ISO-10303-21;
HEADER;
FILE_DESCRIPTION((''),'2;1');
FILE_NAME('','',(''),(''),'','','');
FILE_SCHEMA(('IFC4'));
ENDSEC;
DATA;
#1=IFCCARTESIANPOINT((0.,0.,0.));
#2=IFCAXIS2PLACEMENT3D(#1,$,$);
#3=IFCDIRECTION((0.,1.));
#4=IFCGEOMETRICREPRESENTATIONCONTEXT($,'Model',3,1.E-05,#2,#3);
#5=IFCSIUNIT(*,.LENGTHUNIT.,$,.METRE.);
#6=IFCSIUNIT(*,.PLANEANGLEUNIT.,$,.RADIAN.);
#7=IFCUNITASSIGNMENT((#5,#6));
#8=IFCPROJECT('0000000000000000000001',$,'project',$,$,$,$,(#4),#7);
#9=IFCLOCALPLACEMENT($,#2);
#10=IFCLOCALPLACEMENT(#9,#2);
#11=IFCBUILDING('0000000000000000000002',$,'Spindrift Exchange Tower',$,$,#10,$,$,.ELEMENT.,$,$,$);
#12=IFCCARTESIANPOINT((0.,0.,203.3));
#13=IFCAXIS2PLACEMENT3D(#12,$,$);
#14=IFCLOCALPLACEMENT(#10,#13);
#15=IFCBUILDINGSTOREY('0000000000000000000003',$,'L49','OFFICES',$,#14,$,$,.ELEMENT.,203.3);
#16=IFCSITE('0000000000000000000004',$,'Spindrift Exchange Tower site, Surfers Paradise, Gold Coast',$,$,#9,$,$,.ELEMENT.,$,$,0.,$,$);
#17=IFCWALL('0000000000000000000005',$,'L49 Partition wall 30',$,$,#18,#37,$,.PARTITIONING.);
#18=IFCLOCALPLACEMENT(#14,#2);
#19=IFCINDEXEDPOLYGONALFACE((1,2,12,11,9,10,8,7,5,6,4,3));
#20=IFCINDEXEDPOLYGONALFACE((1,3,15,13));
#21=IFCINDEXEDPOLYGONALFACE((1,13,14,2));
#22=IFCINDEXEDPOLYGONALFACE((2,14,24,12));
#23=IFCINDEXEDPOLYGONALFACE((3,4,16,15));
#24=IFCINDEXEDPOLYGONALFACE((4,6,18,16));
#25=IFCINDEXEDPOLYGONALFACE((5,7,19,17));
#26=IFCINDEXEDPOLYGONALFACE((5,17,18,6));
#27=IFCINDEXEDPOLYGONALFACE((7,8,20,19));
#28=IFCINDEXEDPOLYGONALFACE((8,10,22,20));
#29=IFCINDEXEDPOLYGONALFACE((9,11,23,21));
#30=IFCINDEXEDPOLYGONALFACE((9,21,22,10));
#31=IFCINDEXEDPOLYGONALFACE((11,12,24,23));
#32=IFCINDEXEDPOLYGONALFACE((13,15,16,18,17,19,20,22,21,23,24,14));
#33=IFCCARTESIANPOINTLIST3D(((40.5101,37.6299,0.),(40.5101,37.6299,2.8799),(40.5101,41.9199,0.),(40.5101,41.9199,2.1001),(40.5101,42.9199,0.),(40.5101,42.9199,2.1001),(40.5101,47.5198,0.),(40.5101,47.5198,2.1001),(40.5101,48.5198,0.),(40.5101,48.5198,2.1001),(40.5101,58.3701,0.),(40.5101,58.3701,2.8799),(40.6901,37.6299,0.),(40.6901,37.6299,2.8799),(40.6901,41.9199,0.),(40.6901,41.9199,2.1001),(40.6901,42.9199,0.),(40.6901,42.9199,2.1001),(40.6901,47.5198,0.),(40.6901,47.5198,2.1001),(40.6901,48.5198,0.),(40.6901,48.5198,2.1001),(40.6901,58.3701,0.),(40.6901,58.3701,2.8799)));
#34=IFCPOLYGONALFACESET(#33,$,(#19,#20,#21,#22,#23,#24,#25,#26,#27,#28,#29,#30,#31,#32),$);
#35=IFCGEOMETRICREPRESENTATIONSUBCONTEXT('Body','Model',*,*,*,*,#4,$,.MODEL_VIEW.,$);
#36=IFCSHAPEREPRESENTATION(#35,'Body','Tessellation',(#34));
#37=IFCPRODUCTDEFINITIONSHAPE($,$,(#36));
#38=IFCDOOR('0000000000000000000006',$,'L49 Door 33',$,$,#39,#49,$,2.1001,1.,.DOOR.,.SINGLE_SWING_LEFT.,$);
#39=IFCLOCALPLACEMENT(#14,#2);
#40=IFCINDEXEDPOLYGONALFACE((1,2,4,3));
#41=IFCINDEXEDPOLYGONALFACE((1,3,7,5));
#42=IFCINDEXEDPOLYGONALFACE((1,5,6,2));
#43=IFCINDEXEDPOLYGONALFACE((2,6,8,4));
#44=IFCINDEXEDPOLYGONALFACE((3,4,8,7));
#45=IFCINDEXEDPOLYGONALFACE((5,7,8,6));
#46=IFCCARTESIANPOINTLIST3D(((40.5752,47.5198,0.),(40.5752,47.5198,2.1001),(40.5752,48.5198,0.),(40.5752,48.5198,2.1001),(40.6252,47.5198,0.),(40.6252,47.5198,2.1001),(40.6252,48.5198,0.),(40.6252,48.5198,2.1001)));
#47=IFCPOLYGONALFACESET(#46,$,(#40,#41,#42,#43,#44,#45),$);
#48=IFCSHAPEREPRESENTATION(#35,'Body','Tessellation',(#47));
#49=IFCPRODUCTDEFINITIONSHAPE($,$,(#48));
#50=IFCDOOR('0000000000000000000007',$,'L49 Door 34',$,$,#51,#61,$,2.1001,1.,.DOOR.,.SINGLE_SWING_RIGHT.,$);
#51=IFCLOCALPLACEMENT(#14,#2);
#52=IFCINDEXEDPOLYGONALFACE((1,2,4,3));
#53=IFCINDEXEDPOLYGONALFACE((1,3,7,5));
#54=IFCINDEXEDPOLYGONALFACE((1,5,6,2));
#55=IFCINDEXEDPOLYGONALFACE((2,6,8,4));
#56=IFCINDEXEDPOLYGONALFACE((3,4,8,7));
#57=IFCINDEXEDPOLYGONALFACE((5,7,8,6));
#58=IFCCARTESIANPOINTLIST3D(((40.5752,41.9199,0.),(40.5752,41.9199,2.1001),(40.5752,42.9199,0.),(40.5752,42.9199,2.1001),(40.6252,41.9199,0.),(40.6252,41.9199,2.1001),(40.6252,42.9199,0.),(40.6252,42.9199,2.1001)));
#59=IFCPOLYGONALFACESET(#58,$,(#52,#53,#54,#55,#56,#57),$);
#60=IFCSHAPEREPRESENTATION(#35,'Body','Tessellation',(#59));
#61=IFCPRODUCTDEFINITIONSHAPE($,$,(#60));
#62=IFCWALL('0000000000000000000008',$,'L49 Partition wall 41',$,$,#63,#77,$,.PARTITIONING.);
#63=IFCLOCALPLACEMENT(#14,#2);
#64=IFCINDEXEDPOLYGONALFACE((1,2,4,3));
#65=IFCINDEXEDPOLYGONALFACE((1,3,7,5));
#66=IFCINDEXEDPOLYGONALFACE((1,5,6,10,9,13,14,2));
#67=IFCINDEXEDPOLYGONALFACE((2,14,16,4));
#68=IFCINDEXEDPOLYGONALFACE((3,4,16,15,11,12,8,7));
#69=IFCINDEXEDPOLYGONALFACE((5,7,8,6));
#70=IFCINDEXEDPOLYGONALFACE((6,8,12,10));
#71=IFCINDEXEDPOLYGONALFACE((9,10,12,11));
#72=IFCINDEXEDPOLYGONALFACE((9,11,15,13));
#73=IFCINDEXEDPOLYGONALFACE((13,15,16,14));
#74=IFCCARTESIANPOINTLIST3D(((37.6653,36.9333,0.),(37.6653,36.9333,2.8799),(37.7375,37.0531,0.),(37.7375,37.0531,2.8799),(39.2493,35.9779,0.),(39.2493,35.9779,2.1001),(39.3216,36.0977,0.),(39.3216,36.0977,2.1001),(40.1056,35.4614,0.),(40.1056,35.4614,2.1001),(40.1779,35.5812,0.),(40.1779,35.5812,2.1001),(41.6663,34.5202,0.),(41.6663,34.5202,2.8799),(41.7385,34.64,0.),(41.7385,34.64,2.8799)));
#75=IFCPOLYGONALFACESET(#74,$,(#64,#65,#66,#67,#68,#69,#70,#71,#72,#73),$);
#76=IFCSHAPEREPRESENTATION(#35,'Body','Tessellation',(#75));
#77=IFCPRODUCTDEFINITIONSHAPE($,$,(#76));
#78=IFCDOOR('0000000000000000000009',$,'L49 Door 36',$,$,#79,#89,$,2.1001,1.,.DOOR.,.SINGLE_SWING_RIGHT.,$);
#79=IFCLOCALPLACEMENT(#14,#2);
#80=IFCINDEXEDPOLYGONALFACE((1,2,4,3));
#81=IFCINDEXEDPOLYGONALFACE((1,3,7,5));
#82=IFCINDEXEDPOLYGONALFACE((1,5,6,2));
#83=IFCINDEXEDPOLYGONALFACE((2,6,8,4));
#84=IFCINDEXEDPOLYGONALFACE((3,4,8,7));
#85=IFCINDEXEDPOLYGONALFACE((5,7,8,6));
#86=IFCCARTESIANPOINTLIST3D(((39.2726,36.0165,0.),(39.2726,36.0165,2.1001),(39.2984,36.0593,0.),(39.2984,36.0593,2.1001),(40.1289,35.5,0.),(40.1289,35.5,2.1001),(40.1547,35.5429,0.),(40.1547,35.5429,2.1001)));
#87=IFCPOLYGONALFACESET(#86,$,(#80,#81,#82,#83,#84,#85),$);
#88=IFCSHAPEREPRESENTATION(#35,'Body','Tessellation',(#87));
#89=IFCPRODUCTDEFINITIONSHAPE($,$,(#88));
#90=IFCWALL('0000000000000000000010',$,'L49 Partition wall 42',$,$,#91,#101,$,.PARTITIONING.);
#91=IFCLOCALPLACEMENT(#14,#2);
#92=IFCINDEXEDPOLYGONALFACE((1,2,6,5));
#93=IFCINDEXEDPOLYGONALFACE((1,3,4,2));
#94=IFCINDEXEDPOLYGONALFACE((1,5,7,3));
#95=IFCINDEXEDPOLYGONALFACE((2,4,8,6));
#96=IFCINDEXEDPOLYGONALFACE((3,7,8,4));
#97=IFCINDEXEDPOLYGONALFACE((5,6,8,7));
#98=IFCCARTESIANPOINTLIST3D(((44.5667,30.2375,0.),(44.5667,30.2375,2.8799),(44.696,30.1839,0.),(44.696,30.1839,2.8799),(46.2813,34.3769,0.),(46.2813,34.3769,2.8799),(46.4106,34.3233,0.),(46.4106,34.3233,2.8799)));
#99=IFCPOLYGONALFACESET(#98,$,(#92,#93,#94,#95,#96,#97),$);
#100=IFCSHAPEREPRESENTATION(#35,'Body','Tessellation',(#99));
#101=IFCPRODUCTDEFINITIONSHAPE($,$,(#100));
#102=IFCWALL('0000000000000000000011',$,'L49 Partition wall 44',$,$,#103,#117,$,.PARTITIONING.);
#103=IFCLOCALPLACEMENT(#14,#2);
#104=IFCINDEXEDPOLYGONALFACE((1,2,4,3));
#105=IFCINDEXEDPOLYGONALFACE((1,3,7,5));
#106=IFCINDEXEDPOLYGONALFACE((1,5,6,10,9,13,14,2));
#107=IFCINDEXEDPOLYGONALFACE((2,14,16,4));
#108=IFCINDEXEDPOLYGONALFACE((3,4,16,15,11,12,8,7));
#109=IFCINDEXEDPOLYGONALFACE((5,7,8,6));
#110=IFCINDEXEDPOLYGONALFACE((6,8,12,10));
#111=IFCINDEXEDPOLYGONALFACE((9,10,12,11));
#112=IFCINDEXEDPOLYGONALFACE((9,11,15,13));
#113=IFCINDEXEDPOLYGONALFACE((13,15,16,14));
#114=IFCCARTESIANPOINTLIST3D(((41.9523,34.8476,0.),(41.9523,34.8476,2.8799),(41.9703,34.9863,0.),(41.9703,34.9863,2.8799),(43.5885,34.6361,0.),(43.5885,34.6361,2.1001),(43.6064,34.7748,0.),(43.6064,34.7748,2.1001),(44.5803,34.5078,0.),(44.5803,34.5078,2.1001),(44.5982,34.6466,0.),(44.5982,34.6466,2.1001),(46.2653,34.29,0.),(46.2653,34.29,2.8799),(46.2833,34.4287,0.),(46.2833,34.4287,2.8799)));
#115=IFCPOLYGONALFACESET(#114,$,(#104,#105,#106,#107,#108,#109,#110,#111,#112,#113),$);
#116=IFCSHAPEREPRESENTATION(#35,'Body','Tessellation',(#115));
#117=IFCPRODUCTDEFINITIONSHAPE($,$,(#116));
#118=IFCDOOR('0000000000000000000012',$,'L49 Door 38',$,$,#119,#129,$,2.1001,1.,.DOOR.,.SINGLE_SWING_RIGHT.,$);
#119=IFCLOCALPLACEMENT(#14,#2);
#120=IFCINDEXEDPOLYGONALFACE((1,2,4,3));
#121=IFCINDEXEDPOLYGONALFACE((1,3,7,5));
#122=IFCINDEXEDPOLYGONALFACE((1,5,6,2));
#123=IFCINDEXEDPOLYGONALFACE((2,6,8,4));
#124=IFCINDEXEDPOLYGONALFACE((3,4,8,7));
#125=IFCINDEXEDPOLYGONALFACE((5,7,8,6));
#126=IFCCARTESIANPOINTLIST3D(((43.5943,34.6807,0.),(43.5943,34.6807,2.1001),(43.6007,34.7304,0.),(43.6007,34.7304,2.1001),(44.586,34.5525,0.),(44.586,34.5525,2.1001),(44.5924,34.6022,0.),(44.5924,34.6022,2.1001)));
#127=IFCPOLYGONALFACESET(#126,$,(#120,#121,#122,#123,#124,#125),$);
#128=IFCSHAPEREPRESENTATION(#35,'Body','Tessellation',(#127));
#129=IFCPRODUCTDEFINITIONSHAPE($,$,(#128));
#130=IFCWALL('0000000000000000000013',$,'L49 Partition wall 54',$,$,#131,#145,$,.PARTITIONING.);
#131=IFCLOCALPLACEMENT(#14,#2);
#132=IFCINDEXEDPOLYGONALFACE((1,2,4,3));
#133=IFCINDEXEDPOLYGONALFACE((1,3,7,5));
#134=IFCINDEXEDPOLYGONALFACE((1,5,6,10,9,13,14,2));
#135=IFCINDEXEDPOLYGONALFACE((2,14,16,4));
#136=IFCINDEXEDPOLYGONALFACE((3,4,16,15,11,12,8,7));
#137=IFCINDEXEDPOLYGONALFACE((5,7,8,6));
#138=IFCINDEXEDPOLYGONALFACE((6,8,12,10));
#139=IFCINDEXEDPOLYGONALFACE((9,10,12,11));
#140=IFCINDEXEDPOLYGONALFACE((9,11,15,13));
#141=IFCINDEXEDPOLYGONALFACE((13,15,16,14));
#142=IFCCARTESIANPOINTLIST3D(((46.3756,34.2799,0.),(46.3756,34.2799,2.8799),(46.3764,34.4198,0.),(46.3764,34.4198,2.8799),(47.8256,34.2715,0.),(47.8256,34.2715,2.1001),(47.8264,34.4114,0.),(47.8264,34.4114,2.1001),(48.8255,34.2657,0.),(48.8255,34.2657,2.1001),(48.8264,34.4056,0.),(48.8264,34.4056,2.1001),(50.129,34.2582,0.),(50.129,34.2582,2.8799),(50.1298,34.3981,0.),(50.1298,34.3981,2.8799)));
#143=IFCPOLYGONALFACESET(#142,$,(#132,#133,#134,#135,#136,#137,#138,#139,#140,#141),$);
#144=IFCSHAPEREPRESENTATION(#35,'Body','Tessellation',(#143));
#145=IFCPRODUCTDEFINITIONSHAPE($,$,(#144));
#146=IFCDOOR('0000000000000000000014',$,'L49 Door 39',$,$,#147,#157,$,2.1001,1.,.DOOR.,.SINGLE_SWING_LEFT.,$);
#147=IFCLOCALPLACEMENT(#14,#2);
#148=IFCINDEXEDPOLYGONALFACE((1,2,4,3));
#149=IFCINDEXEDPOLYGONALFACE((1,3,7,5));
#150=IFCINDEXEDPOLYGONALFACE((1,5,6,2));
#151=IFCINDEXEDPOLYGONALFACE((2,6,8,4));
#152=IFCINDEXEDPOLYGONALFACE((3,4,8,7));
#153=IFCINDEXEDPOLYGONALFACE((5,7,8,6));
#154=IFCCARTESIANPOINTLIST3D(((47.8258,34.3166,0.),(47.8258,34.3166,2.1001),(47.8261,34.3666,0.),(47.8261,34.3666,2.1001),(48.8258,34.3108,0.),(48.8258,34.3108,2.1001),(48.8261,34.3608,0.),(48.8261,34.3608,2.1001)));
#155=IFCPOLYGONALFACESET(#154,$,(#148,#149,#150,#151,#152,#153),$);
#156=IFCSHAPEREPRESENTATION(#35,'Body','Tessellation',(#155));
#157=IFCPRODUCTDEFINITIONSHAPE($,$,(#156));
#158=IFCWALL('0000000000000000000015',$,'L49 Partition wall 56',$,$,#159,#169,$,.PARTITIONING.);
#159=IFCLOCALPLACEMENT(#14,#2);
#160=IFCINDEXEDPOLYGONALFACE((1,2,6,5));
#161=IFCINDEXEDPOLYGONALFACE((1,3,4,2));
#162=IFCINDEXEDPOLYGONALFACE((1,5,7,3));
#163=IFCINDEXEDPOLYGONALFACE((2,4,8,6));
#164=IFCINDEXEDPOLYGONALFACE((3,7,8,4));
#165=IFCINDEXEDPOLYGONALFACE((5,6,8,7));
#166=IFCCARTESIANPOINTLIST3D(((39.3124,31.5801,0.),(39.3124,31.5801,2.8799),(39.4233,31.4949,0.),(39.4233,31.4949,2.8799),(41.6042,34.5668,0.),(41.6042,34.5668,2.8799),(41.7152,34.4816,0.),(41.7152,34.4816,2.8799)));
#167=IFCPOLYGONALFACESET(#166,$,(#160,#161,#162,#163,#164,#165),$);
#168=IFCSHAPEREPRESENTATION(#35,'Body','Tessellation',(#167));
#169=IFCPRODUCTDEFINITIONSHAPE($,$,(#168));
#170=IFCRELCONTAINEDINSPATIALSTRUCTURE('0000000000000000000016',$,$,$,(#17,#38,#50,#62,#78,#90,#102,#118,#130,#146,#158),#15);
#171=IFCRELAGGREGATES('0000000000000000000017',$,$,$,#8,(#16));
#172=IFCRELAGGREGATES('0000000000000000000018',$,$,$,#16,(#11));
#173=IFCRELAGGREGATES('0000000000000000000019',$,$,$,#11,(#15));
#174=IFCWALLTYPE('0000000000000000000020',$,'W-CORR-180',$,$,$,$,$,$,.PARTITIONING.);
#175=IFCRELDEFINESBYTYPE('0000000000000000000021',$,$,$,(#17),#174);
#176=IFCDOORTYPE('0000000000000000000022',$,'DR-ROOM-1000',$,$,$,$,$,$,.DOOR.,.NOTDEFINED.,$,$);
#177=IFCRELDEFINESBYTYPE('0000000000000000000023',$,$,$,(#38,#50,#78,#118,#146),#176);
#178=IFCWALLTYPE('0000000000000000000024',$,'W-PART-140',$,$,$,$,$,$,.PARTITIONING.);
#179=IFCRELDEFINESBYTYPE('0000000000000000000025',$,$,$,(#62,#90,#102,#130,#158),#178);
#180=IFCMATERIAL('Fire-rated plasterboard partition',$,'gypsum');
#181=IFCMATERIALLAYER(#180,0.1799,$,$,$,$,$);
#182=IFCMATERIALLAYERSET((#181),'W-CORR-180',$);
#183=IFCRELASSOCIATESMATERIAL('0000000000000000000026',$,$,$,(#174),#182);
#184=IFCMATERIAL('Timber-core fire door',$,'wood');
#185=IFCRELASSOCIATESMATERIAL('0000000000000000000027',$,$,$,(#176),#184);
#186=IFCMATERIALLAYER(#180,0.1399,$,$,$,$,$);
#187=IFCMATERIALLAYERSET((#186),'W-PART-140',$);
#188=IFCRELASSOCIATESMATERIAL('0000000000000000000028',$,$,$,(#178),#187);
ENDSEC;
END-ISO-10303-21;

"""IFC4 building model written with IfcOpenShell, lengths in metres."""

from ifc_helpers import new_model, si_unit, direction, frame, frame_2d, origin, place, context, subcontext, project, spatial, rectangle, extrude, source, transform, mapped, material, layer, layer_set, type_object, element, fill, save


model = new_model("IFC4")

# Units and contexts
model_context = context("Model", 3, precision=1e-05, world=origin(), true_north=direction((0.0, 1.0)))
body_context = subcontext(model_context, "Body", "Model", "MODEL_VIEW")
ifc_project = project(units=[si_unit("LENGTHUNIT", "METRE"), si_unit("PLANEANGLEUNIT", "RADIAN")], contexts=[model_context])

# Site, building, storey
site_placement = place(None, origin())
site = spatial("IfcSite", under=ifc_project, at=site_placement, Name="Spindrift Exchange Tower site, Surfers Paradise, Gold Coast", CompositionType="ELEMENT", RefElevation=0.0)
building_placement = place(site_placement, origin())
building = spatial("IfcBuilding", under=site, at=building_placement, Name="Spindrift Exchange Tower", CompositionType="ELEMENT")
storey_placement = place(building_placement, frame((0.0, 0.0, 203.3)))
storey = spatial("IfcBuildingStorey", under=building, at=storey_placement, Name="L49", Description="OFFICES", CompositionType="ELEMENT", Elevation=203.3)

# Wall, openings, doors
ifc_material_1 = material(Name="Timber-core fire door", Category="wood")
ifc_material_2 = material(Name="Fire-rated plasterboard partition", Category="gypsum")
ifc_layer_1 = layer(ifc_material_2, 0.1799)
ifc_layer_set_1 = layer_set([ifc_layer_1], Name="W-CORR-180")
wall_type_1 = type_object("IfcWallType", Name="W-CORR-180", PredefinedType="PARTITIONING", material=ifc_layer_set_1)
wall_1_placement = place(storey_placement, frame((40.6001, 37.6299, 0.0), z_axis=(0.0, 0.0, 1.0), x_axis=(0.0, 1.0, 0.0)))
wall_1 = element("IfcWall", 1, at=wall_1_placement, inside=storey, type_object=wall_type_1, Name="L49 Partition wall 30", PredefinedType="PARTITIONING", context=body_context, shape_type="SweptSolid", body=[
    extrude(rectangle(XDim=20.7402, YDim=0.1799, at=frame_2d((10.3701, 0.0))), origin(), (0.0, 0.0, 1.0), 2.8799),
])
opening_1_placement = place(wall_1_placement, frame((9.8899, 0.0, 0.0)))
opening_1 = element("IfcOpeningElement", 2, at=opening_1_placement, cuts=wall_1, PredefinedType="OPENING", context=body_context, shape_type="SweptSolid", body=[
    extrude(rectangle(XDim=1.0, YDim=2.1001, at=frame_2d((0.5, 1.05))), frame((0.0, 0.0999, 0.0), z_axis=(0.0, -1.0, 0.0), x_axis=(1.0, 0.0, 0.0)), (0.0, 0.0, 1.0), 0.2),
])
opening_2_placement = place(wall_1_placement, frame((4.29, 0.0, 0.0)))
opening_2 = element("IfcOpeningElement", 3, at=opening_2_placement, cuts=wall_1, PredefinedType="OPENING", context=body_context, shape_type="SweptSolid", body=[
    extrude(rectangle(XDim=1.0, YDim=2.1001, at=frame_2d((0.5, 1.05))), frame((0.0, 0.0999, 0.0), z_axis=(0.0, -1.0, 0.0), x_axis=(1.0, 0.0, 0.0)), (0.0, 0.0, 1.0), 0.2),
])
door_type_1 = type_object("IfcDoorType", Name="DR-ROOM-1000", OperationType="NOTDEFINED", PredefinedType="DOOR", material=ifc_material_1)
shared_shape_1 = source(origin(), body_context, "Body", "SweptSolid", [
    extrude(rectangle(XDim=1.0, YDim=2.1001, at=frame_2d((0.5, 1.05))), frame((0.0, 0.0249, 0.0), z_axis=(0.0, -1.0, 0.0), x_axis=(1.0, 0.0, 0.0)), (0.0, 0.0, 1.0), 0.05),
])
door_1_placement = place(opening_1_placement, origin())
door_1 = element("IfcDoor", 4, at=door_1_placement, inside=storey, type_object=door_type_1, Name="L49 Door 33", OperationType="SINGLE_SWING_LEFT", OverallHeight=2.1001, OverallWidth=1.0, PredefinedType="DOOR", context=body_context, shape_type="MappedRepresentation", body=[
    mapped(shared_shape_1, transform((0.0, 0.0, 0.0), scale=1.0)),
])
fill(opening_1, door_1)
door_2_placement = place(opening_2_placement, origin())
door_2 = element("IfcDoor", 5, at=door_2_placement, inside=storey, type_object=door_type_1, Name="L49 Door 34", OperationType="SINGLE_SWING_RIGHT", OverallHeight=2.1001, OverallWidth=1.0, PredefinedType="DOOR", context=body_context, shape_type="MappedRepresentation", body=[
    mapped(shared_shape_1, transform((0.0, 0.0, 0.0), scale=1.0)),
])
fill(opening_2, door_2)

# Wall, opening, door
ifc_layer_2 = layer(ifc_material_2, 0.1399)
ifc_layer_set_2 = layer_set([ifc_layer_2], Name="W-PART-140")
wall_type_2 = type_object("IfcWallType", Name="W-PART-140", PredefinedType="PARTITIONING", material=ifc_layer_set_2)
wall_2_placement = place(storey_placement, frame((41.7024, 34.5801, 0.0), z_axis=(0.0, 0.0, 1.0), x_axis=(-0.85631, 0.516462, 0.0)))
wall_2 = element("IfcWall", 6, at=wall_2_placement, inside=storey, type_object=wall_type_2, Name="L49 Partition wall 41", PredefinedType="PARTITIONING", context=body_context, shape_type="SweptSolid", body=[
    extrude(rectangle(XDim=4.6724, YDim=0.1399, at=frame_2d((2.3362, 0.0))), origin(), (0.0, 0.0, 1.0), 2.8799),
])
opening_3_placement = place(wall_2_placement, frame((1.8225, 0.0, 0.0)))
opening_3 = element("IfcOpeningElement", 7, at=opening_3_placement, cuts=wall_2, PredefinedType="OPENING", context=body_context, shape_type="SweptSolid", body=[
    extrude(rectangle(XDim=1.0, YDim=2.1001, at=frame_2d((0.5, 1.05))), frame((0.0, 0.0798, 0.0), z_axis=(0.0, -1.0, 0.0), x_axis=(1.0, 0.0, 0.0)), (0.0, 0.0, 1.0), 0.1599),
])
door_3_placement = place(opening_3_placement, origin())
door_3 = element("IfcDoor", 8, at=door_3_placement, inside=storey, type_object=door_type_1, Name="L49 Door 36", OperationType="SINGLE_SWING_RIGHT", OverallHeight=2.1001, OverallWidth=1.0, PredefinedType="DOOR", context=body_context, shape_type="MappedRepresentation", body=[
    mapped(shared_shape_1, transform((0.0, 0.0, 0.0), scale=1.0)),
])
fill(opening_3, door_3)

# Wall
wall_3_placement = place(storey_placement, frame((46.3459, 34.3501, 0.0), z_axis=(0.0, 0.0, 1.0), x_axis=(-0.382684, -0.923879, 0.0)))
element("IfcWall", 9, at=wall_3_placement, inside=storey, type_object=wall_type_2, Name="L49 Partition wall 42", PredefinedType="PARTITIONING", context=body_context, shape_type="SweptSolid", body=[
    extrude(rectangle(XDim=4.4805, YDim=0.1399, at=frame_2d((2.2402, 0.0))), origin(), (0.0, 0.0, 1.0), 2.8799),
])

# Walls, openings, doors
wall_4_placement = place(storey_placement, frame((46.2742, 34.3594, 0.0), z_axis=(0.0, 0.0, 1.0), x_axis=(-0.991746, 0.128221, 0.0)))
wall_4 = element("IfcWall", 10, at=wall_4_placement, inside=storey, type_object=wall_type_2, Name="L49 Partition wall 44", PredefinedType="PARTITIONING", context=body_context, shape_type="SweptSolid", body=[
    extrude(rectangle(XDim=4.3489, YDim=0.1399, at=frame_2d((2.1743, 0.0))), origin(), (0.0, 0.0, 1.0), 2.8799),
])
opening_4_placement = place(wall_4_placement, frame((1.699, 0.0, 0.0)))
opening_4 = element("IfcOpeningElement", 11, at=opening_4_placement, cuts=wall_4, PredefinedType="OPENING", context=body_context, shape_type="SweptSolid", body=[
    extrude(rectangle(XDim=1.0, YDim=2.1001, at=frame_2d((0.5, 1.05))), frame((0.0, 0.0798, 0.0), z_axis=(0.0, -1.0, 0.0), x_axis=(1.0, 0.0, 0.0)), (0.0, 0.0, 1.0), 0.1599),
])
door_4_placement = place(opening_4_placement, origin())
door_4 = element("IfcDoor", 12, at=door_4_placement, inside=storey, type_object=door_type_1, Name="L49 Door 38", OperationType="SINGLE_SWING_RIGHT", OverallHeight=2.1001, OverallWidth=1.0, PredefinedType="DOOR", context=body_context, shape_type="MappedRepresentation", body=[
    mapped(shared_shape_1, transform((0.0, 0.0, 0.0), scale=1.0)),
])
fill(opening_4, door_4)
wall_5_placement = place(storey_placement, frame((50.1294, 34.3281, 0.0), z_axis=(0.0, 0.0, 1.0), x_axis=(-0.999983, 0.005789, 0.0)))
wall_5 = element("IfcWall", 13, at=wall_5_placement, inside=storey, type_object=wall_type_2, Name="L49 Partition wall 54", PredefinedType="PARTITIONING", context=body_context, shape_type="SweptSolid", body=[
    extrude(rectangle(XDim=3.7534, YDim=0.1399, at=frame_2d((1.8767, 0.0))), origin(), (0.0, 0.0, 1.0), 2.8799),
])
opening_5_placement = place(wall_5_placement, frame((1.3035, 0.0, 0.0)))
opening_5 = element("IfcOpeningElement", 14, at=opening_5_placement, cuts=wall_5, PredefinedType="OPENING", context=body_context, shape_type="SweptSolid", body=[
    extrude(rectangle(XDim=1.0, YDim=2.1001, at=frame_2d((0.5, 1.05))), frame((0.0, 0.0798, 0.0), z_axis=(0.0, -1.0, 0.0), x_axis=(1.0, 0.0, 0.0)), (0.0, 0.0, 1.0), 0.1599),
])
door_5_placement = place(opening_5_placement, origin())
door_5 = element("IfcDoor", 15, at=door_5_placement, inside=storey, type_object=door_type_1, Name="L49 Door 39", OperationType="SINGLE_SWING_LEFT", OverallHeight=2.1001, OverallWidth=1.0, PredefinedType="DOOR", context=body_context, shape_type="MappedRepresentation", body=[
    mapped(shared_shape_1, transform((0.0, 0.0, 0.0), scale=1.0)),
])
fill(opening_5, door_5)

# Wall
wall_6_placement = place(storey_placement, frame((41.6597, 34.5242, 0.0), z_axis=(0.0, 0.0, 1.0), x_axis=(-0.608773, -0.793344, 0.0)))
element("IfcWall", 16, at=wall_6_placement, inside=storey, type_object=wall_type_2, Name="L49 Partition wall 56", PredefinedType="PARTITIONING", context=body_context, shape_type="SweptSolid", body=[
    extrude(rectangle(XDim=3.7646, YDim=0.1399, at=frame_2d((1.8823, 0.0))), origin(), (0.0, 0.0, 1.0), 2.8799),
])

save(model, "model.ifc")
